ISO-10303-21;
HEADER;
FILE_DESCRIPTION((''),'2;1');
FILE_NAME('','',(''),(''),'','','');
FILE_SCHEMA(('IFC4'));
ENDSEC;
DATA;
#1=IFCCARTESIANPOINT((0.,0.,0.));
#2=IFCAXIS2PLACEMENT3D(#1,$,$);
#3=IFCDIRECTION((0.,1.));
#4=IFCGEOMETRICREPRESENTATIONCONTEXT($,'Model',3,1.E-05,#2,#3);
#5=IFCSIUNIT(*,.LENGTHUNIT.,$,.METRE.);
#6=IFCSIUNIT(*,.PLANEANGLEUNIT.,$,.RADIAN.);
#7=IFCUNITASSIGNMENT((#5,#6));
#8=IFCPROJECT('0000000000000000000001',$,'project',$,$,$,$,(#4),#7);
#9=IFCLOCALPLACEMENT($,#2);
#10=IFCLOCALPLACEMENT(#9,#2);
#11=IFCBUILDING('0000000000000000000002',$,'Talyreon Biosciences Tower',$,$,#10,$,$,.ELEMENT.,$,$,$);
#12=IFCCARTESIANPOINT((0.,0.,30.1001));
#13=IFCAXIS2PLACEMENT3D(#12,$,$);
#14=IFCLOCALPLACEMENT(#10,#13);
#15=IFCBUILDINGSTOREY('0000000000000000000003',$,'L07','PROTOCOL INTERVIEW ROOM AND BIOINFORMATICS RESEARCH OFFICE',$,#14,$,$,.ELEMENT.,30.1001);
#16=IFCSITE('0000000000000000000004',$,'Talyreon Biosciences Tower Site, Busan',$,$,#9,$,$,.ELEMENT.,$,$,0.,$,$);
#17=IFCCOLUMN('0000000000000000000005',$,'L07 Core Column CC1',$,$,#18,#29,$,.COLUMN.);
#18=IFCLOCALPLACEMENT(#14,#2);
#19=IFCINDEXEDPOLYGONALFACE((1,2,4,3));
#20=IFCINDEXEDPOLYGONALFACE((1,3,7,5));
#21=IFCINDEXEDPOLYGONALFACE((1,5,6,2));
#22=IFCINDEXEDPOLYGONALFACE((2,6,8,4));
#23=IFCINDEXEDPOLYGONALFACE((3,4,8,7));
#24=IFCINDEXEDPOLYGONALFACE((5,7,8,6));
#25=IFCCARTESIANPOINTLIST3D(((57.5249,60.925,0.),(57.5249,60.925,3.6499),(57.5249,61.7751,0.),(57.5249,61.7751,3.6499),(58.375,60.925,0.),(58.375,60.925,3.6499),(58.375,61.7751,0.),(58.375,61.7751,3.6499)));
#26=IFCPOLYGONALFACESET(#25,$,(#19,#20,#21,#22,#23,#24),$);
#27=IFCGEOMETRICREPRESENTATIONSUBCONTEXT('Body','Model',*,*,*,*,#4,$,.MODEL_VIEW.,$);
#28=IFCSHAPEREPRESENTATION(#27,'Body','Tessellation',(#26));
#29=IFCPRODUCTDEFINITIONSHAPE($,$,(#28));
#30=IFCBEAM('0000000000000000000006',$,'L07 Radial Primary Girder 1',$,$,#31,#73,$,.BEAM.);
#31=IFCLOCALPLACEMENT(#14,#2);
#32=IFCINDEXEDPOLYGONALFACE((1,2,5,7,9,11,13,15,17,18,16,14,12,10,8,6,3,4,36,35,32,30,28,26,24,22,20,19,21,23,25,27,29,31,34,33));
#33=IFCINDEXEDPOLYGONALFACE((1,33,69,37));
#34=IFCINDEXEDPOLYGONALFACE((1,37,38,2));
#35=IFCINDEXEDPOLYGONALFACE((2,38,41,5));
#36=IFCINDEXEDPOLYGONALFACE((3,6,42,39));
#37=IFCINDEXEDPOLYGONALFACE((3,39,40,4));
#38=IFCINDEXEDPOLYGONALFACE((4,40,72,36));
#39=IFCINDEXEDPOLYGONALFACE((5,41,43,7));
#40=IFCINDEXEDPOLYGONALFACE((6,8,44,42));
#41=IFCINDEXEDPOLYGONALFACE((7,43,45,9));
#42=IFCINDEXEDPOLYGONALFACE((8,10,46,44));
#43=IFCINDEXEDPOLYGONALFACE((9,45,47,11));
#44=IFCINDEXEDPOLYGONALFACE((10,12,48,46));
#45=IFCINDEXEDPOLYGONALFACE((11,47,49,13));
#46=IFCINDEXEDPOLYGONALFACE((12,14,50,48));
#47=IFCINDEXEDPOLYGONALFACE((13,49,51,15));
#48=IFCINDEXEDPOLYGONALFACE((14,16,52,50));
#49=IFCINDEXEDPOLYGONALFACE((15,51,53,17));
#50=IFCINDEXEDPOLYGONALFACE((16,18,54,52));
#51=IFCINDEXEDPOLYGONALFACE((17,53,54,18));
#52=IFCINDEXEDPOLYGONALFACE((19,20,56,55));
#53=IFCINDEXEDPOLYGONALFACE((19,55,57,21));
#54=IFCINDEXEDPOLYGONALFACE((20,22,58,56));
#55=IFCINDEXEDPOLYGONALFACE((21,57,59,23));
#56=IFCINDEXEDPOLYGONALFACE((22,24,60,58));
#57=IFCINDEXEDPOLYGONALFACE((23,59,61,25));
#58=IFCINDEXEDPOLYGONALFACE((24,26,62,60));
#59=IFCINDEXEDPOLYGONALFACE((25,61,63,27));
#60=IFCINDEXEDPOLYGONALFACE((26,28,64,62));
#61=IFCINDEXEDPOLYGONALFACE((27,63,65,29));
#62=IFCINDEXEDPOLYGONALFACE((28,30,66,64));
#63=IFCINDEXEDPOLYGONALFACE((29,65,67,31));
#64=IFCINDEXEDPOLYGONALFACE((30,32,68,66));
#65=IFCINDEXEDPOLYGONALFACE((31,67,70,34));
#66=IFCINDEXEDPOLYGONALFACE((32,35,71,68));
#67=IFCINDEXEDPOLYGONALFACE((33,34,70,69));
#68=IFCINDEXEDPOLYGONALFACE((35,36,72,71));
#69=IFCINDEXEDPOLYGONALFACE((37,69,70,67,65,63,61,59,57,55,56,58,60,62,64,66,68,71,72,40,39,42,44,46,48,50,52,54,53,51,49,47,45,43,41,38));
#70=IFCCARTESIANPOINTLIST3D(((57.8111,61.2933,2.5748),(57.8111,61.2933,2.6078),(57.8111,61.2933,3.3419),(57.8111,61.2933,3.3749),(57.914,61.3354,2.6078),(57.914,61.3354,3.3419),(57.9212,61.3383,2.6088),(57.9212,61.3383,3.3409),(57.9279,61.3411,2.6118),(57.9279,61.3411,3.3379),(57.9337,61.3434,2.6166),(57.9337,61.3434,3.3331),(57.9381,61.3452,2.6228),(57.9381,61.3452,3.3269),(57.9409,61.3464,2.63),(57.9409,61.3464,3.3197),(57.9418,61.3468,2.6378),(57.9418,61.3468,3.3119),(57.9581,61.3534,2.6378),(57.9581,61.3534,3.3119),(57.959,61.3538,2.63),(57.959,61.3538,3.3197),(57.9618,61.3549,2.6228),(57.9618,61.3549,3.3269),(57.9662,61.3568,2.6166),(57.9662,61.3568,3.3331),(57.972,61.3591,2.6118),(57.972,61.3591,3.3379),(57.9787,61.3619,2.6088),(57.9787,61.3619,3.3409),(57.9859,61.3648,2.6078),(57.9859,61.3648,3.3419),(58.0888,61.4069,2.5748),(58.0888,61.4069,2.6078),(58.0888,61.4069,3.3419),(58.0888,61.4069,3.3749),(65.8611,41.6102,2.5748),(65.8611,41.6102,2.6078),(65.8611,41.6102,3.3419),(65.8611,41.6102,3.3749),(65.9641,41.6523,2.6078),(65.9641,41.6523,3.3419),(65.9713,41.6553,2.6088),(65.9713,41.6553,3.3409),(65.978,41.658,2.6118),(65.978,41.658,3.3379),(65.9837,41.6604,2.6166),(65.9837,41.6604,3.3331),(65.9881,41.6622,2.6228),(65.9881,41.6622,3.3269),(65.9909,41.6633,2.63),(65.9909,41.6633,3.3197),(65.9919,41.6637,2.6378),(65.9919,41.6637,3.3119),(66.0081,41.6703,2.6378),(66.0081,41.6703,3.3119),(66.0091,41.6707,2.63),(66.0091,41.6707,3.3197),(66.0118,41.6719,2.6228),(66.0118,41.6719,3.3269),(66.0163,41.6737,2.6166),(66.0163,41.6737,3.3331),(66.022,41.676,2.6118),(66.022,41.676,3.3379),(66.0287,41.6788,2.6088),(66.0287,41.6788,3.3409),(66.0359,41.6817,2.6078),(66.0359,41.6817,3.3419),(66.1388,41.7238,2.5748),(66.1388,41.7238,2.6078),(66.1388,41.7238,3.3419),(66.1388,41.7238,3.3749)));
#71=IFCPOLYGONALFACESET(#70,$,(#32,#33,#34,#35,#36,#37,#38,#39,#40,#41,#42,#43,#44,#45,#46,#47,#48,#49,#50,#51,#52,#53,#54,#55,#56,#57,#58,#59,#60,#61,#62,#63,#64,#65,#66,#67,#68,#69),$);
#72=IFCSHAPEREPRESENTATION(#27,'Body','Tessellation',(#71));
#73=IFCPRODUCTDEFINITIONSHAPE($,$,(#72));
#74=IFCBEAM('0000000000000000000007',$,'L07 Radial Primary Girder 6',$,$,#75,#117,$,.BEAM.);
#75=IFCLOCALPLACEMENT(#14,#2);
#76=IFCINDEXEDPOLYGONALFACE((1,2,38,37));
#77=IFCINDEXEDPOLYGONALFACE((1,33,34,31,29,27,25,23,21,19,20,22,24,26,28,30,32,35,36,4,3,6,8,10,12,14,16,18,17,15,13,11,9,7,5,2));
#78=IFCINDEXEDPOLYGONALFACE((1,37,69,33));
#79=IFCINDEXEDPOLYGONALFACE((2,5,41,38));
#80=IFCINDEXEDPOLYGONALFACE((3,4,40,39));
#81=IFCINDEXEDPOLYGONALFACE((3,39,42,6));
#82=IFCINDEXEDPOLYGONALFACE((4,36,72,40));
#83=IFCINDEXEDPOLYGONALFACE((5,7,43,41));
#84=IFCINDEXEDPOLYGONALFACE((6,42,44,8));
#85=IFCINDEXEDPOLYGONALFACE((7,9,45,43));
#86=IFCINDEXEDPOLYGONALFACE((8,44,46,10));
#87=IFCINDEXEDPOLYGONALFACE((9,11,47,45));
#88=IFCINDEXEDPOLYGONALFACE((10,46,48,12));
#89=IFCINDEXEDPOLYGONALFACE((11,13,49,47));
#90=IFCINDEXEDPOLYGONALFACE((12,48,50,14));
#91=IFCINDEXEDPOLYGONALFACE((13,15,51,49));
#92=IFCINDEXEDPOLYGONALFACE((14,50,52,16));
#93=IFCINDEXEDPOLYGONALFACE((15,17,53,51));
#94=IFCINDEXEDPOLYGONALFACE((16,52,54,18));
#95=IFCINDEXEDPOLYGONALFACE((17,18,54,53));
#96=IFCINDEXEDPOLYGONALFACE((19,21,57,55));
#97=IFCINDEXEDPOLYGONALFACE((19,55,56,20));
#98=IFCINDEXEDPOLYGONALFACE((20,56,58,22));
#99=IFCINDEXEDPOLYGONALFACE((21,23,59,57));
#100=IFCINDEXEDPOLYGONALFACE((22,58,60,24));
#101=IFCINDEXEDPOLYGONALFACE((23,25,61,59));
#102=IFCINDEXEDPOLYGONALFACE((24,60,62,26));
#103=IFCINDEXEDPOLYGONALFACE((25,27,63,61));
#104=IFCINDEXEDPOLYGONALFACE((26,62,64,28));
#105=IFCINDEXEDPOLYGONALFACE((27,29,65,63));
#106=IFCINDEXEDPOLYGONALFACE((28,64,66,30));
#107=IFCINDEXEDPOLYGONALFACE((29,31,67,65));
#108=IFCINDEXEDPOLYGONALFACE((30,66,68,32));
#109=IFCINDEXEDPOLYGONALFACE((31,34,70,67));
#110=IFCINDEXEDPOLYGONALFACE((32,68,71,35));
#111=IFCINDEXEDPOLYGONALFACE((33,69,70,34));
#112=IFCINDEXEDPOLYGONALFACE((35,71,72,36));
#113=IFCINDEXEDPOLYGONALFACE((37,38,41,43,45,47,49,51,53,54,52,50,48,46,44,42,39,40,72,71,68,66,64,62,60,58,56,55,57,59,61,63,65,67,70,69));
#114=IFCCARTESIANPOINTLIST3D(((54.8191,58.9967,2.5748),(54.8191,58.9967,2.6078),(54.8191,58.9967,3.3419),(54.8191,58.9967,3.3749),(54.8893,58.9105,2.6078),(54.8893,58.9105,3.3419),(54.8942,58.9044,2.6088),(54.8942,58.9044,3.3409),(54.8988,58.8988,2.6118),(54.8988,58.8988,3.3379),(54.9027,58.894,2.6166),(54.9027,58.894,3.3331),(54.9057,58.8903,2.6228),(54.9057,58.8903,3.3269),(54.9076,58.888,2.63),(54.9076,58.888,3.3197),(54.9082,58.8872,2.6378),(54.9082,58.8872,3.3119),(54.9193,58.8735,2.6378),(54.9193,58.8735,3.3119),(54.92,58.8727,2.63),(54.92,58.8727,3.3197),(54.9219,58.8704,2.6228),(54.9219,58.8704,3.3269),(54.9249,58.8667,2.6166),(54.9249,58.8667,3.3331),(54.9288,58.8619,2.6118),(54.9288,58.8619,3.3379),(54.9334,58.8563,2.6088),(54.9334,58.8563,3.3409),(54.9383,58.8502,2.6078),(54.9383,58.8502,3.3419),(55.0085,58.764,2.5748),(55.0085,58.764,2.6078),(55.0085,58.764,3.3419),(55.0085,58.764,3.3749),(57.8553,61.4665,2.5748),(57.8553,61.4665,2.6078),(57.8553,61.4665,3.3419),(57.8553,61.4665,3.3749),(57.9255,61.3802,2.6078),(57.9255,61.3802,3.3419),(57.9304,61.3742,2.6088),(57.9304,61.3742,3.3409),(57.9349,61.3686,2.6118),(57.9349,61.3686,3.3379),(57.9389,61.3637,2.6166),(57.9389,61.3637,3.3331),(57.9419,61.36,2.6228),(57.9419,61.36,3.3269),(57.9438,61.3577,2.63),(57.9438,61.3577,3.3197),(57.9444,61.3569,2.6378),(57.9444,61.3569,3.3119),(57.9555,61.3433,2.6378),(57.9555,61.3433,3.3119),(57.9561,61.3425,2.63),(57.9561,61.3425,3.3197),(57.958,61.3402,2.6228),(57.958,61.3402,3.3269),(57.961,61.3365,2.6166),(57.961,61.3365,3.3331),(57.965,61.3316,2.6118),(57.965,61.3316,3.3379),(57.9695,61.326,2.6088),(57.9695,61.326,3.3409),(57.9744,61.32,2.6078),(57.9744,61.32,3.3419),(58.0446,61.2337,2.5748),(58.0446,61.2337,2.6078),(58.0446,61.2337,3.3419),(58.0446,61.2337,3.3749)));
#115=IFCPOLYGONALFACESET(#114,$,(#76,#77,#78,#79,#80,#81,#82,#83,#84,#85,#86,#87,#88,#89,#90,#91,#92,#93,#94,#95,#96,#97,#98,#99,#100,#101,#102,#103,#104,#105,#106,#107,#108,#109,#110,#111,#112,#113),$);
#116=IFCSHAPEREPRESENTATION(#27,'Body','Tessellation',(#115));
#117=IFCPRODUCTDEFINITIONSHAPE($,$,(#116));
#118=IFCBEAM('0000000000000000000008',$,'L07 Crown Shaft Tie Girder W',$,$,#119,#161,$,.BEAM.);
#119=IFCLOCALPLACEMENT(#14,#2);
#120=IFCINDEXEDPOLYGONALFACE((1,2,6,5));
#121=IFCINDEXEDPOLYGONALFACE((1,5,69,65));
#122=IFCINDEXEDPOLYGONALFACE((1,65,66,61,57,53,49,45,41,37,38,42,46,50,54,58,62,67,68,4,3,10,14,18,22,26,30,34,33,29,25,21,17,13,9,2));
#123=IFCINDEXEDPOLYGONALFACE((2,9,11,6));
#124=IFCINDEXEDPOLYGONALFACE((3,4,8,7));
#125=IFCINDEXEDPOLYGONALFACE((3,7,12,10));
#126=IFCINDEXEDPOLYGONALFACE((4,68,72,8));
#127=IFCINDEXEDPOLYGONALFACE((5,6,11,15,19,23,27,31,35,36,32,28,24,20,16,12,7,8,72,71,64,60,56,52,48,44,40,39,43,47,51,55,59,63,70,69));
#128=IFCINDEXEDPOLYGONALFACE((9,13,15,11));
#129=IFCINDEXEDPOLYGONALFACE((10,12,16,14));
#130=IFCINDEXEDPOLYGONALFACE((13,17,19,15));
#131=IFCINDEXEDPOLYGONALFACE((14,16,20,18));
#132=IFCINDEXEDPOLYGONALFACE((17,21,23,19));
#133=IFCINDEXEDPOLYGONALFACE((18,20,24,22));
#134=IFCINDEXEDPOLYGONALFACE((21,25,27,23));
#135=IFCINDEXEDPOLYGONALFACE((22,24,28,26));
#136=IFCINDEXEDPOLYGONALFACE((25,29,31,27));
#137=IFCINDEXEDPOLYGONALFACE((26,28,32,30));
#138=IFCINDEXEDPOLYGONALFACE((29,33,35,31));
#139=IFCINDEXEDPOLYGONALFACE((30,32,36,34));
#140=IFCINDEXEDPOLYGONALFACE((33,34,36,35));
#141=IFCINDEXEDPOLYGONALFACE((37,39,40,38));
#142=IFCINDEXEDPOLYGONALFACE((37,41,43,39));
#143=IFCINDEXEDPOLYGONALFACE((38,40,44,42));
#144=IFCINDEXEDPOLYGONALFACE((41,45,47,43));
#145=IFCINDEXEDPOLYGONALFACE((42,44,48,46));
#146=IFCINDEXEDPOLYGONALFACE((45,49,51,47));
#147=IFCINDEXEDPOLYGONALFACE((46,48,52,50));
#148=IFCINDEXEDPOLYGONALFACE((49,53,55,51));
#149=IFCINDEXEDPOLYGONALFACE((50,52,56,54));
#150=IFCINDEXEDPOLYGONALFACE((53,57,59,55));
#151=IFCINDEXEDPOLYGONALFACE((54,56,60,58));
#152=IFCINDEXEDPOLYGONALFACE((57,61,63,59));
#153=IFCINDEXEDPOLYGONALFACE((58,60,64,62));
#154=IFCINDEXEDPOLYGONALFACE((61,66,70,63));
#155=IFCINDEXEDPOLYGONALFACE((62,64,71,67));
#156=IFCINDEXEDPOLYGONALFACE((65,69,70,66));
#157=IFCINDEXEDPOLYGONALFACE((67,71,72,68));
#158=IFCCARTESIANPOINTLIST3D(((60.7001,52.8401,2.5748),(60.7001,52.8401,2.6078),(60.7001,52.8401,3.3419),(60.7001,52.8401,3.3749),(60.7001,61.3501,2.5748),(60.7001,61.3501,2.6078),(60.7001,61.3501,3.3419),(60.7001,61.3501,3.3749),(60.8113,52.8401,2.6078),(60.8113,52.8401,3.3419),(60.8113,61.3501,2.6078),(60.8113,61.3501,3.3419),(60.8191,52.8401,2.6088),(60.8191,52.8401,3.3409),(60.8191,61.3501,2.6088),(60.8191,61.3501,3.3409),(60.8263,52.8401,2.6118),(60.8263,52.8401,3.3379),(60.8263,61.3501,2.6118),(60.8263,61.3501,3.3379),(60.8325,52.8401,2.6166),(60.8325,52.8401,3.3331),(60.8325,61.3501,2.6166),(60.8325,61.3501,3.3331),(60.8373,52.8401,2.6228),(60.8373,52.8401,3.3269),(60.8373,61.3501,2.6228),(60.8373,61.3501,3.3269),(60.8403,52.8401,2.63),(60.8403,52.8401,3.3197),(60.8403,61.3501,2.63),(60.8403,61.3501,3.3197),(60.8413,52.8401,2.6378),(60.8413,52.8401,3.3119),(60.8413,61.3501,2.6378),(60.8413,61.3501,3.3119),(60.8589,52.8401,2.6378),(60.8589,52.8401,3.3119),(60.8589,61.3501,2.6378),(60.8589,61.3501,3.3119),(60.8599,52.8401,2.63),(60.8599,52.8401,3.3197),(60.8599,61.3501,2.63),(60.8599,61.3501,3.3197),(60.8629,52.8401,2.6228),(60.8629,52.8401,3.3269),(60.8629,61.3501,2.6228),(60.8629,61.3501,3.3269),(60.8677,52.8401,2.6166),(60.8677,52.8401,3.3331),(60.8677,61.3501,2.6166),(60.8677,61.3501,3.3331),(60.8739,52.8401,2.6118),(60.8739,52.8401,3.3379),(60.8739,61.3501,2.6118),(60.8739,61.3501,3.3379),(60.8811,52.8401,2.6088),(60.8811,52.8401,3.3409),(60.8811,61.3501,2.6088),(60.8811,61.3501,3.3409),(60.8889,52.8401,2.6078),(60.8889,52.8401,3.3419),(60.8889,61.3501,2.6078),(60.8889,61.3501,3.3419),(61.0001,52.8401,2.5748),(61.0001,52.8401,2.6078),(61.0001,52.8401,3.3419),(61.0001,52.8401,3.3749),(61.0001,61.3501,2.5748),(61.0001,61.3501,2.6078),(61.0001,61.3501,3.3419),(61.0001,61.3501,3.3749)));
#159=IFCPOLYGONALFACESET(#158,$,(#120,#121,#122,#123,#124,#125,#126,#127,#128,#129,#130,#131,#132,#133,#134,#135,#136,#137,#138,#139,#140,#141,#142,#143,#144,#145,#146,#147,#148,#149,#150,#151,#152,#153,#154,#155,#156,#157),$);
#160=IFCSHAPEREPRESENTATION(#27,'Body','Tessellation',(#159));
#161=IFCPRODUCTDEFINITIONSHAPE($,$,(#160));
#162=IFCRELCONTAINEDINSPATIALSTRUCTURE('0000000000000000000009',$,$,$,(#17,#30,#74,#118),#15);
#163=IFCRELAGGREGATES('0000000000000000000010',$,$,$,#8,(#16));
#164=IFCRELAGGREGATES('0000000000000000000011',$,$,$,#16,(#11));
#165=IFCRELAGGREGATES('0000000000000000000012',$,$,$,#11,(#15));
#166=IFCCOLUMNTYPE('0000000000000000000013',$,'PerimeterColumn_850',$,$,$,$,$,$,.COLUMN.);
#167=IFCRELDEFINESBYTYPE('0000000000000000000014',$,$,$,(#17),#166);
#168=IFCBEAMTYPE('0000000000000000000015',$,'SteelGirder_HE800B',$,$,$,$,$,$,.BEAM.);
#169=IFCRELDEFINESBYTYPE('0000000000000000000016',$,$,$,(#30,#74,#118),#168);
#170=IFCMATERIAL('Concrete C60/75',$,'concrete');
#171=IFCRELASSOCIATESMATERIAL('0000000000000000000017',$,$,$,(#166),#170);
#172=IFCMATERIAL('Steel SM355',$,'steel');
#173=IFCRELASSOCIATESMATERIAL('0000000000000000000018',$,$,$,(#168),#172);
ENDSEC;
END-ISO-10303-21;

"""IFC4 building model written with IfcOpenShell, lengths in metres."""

from ifc_helpers import new_model, si_unit, direction, frame, origin, origin_2d, place, context, subcontext, project, spatial, rectangle, i_section, extrude, material, material_profile, profile_set, type_object, element, save


model = new_model("IFC4")

# Units and contexts
model_context = context("Model", 3, precision=1e-05, world=origin(), true_north=direction((0.0, 1.0)))
body_context = subcontext(model_context, "Body", "Model", "MODEL_VIEW")
ifc_project = project(units=[si_unit("LENGTHUNIT", "METRE"), si_unit("PLANEANGLEUNIT", "RADIAN")], contexts=[model_context])

# Site, building, storey
site_placement = place(None, origin())
site = spatial("IfcSite", under=ifc_project, at=site_placement, Name="Talyreon Biosciences Tower Site, Busan", CompositionType="ELEMENT", RefElevation=0.0)
building_placement = place(site_placement, origin())
building = spatial("IfcBuilding", under=site, at=building_placement, Name="Talyreon Biosciences Tower", CompositionType="ELEMENT")
storey_placement = place(building_placement, frame((0.0, 0.0, 30.1001)))
storey = spatial("IfcBuildingStorey", under=building, at=storey_placement, Name="L07", Description="PROTOCOL INTERVIEW ROOM AND BIOINFORMATICS RESEARCH OFFICE", CompositionType="ELEMENT", Elevation=30.1001)

# Column
ifc_material_1 = material(Name="Concrete C60/75", Category="concrete")
ifc_material_profile_1 = material_profile(ifc_material_1, rectangle(XDim=0.8501, YDim=0.8501, at=origin_2d()), Name="RC 850x850")
ifc_profile_set_1 = profile_set([ifc_material_profile_1], Name="Concrete C60/75")
column_type = type_object("IfcColumnType", Name="PerimeterColumn_850", PredefinedType="COLUMN", material=ifc_profile_set_1)
column_placement = place(storey_placement, frame((57.95, 61.3501, 0.0), z_axis=(0.0, 0.0, 1.0), x_axis=(1.0, 0.0, 0.0)))
element("IfcColumn", 1, at=column_placement, inside=storey, type_object=column_type, Name="L07 Core Column CC1", PredefinedType="COLUMN", context=body_context, shape_type="SweptSolid", body=[
    extrude(rectangle(XDim=0.8501, YDim=0.8501, at=origin_2d()), origin(), (0.0, 0.0, 1.0), 3.6499),
])

# Beams
ifc_material_2 = material(Name="Steel SM355", Category="steel")
ifc_material_profile_2 = material_profile(ifc_material_2, i_section(OverallWidth=0.3, OverallDepth=0.8, WebThickness=0.0176, FlangeThickness=0.033, FilletRadius=0.03, at=origin_2d()), Name="HE800B")
ifc_profile_set_2 = profile_set([ifc_material_profile_2], Name="Steel SM355")
beam_type_1 = type_object("IfcBeamType", Name="SteelGirder_HE800B", PredefinedType="BEAM", material=ifc_profile_set_2)
beam_1_placement = place(storey_placement, frame((57.95, 61.3501, 2.9749), z_axis=(0.378547, -0.925582, 0.0), x_axis=(0.925582, 0.378547, 0.0)))
element("IfcBeam", 2, at=beam_1_placement, inside=storey, type_object=beam_type_1, Name="L07 Radial Primary Girder 1", PredefinedType="BEAM", context=body_context, shape_type="SweptSolid", body=[
    extrude(i_section(OverallWidth=0.3, OverallDepth=0.8, WebThickness=0.0176, FlangeThickness=0.033, FilletRadius=0.03, at=origin_2d()), origin(), (0.0, 0.0, 1.0), 21.2656),
])
beam_2_placement = place(storey_placement, frame((57.95, 61.3501, 2.9749), z_axis=(-0.775755, -0.631034, 0.0), x_axis=(0.631034, -0.775755, 0.0)))
element("IfcBeam", 3, at=beam_2_placement, inside=storey, type_object=beam_type_1, Name="L07 Radial Primary Girder 6", PredefinedType="BEAM", context=body_context, shape_type="SweptSolid", body=[
    extrude(i_section(OverallWidth=0.3, OverallDepth=0.8, WebThickness=0.0176, FlangeThickness=0.033, FilletRadius=0.03, at=origin_2d()), origin(), (0.0, 0.0, 1.0), 3.9138),
])
beam_3_placement = place(storey_placement, frame((60.8501, 52.8401, 2.9749), z_axis=(0.0, 1.0, 0.0), x_axis=(-1.0, 0.0, 0.0)))
element("IfcBeam", 4, at=beam_3_placement, inside=storey, type_object=beam_type_1, Name="L07 Crown Shaft Tie Girder W", PredefinedType="BEAM", context=body_context, shape_type="SweptSolid", body=[
    extrude(i_section(OverallWidth=0.3, OverallDepth=0.8, WebThickness=0.0176, FlangeThickness=0.033, FilletRadius=0.03, at=origin_2d()), origin(), (0.0, 0.0, 1.0), 8.51),
])

save(model, "model.ifc")
